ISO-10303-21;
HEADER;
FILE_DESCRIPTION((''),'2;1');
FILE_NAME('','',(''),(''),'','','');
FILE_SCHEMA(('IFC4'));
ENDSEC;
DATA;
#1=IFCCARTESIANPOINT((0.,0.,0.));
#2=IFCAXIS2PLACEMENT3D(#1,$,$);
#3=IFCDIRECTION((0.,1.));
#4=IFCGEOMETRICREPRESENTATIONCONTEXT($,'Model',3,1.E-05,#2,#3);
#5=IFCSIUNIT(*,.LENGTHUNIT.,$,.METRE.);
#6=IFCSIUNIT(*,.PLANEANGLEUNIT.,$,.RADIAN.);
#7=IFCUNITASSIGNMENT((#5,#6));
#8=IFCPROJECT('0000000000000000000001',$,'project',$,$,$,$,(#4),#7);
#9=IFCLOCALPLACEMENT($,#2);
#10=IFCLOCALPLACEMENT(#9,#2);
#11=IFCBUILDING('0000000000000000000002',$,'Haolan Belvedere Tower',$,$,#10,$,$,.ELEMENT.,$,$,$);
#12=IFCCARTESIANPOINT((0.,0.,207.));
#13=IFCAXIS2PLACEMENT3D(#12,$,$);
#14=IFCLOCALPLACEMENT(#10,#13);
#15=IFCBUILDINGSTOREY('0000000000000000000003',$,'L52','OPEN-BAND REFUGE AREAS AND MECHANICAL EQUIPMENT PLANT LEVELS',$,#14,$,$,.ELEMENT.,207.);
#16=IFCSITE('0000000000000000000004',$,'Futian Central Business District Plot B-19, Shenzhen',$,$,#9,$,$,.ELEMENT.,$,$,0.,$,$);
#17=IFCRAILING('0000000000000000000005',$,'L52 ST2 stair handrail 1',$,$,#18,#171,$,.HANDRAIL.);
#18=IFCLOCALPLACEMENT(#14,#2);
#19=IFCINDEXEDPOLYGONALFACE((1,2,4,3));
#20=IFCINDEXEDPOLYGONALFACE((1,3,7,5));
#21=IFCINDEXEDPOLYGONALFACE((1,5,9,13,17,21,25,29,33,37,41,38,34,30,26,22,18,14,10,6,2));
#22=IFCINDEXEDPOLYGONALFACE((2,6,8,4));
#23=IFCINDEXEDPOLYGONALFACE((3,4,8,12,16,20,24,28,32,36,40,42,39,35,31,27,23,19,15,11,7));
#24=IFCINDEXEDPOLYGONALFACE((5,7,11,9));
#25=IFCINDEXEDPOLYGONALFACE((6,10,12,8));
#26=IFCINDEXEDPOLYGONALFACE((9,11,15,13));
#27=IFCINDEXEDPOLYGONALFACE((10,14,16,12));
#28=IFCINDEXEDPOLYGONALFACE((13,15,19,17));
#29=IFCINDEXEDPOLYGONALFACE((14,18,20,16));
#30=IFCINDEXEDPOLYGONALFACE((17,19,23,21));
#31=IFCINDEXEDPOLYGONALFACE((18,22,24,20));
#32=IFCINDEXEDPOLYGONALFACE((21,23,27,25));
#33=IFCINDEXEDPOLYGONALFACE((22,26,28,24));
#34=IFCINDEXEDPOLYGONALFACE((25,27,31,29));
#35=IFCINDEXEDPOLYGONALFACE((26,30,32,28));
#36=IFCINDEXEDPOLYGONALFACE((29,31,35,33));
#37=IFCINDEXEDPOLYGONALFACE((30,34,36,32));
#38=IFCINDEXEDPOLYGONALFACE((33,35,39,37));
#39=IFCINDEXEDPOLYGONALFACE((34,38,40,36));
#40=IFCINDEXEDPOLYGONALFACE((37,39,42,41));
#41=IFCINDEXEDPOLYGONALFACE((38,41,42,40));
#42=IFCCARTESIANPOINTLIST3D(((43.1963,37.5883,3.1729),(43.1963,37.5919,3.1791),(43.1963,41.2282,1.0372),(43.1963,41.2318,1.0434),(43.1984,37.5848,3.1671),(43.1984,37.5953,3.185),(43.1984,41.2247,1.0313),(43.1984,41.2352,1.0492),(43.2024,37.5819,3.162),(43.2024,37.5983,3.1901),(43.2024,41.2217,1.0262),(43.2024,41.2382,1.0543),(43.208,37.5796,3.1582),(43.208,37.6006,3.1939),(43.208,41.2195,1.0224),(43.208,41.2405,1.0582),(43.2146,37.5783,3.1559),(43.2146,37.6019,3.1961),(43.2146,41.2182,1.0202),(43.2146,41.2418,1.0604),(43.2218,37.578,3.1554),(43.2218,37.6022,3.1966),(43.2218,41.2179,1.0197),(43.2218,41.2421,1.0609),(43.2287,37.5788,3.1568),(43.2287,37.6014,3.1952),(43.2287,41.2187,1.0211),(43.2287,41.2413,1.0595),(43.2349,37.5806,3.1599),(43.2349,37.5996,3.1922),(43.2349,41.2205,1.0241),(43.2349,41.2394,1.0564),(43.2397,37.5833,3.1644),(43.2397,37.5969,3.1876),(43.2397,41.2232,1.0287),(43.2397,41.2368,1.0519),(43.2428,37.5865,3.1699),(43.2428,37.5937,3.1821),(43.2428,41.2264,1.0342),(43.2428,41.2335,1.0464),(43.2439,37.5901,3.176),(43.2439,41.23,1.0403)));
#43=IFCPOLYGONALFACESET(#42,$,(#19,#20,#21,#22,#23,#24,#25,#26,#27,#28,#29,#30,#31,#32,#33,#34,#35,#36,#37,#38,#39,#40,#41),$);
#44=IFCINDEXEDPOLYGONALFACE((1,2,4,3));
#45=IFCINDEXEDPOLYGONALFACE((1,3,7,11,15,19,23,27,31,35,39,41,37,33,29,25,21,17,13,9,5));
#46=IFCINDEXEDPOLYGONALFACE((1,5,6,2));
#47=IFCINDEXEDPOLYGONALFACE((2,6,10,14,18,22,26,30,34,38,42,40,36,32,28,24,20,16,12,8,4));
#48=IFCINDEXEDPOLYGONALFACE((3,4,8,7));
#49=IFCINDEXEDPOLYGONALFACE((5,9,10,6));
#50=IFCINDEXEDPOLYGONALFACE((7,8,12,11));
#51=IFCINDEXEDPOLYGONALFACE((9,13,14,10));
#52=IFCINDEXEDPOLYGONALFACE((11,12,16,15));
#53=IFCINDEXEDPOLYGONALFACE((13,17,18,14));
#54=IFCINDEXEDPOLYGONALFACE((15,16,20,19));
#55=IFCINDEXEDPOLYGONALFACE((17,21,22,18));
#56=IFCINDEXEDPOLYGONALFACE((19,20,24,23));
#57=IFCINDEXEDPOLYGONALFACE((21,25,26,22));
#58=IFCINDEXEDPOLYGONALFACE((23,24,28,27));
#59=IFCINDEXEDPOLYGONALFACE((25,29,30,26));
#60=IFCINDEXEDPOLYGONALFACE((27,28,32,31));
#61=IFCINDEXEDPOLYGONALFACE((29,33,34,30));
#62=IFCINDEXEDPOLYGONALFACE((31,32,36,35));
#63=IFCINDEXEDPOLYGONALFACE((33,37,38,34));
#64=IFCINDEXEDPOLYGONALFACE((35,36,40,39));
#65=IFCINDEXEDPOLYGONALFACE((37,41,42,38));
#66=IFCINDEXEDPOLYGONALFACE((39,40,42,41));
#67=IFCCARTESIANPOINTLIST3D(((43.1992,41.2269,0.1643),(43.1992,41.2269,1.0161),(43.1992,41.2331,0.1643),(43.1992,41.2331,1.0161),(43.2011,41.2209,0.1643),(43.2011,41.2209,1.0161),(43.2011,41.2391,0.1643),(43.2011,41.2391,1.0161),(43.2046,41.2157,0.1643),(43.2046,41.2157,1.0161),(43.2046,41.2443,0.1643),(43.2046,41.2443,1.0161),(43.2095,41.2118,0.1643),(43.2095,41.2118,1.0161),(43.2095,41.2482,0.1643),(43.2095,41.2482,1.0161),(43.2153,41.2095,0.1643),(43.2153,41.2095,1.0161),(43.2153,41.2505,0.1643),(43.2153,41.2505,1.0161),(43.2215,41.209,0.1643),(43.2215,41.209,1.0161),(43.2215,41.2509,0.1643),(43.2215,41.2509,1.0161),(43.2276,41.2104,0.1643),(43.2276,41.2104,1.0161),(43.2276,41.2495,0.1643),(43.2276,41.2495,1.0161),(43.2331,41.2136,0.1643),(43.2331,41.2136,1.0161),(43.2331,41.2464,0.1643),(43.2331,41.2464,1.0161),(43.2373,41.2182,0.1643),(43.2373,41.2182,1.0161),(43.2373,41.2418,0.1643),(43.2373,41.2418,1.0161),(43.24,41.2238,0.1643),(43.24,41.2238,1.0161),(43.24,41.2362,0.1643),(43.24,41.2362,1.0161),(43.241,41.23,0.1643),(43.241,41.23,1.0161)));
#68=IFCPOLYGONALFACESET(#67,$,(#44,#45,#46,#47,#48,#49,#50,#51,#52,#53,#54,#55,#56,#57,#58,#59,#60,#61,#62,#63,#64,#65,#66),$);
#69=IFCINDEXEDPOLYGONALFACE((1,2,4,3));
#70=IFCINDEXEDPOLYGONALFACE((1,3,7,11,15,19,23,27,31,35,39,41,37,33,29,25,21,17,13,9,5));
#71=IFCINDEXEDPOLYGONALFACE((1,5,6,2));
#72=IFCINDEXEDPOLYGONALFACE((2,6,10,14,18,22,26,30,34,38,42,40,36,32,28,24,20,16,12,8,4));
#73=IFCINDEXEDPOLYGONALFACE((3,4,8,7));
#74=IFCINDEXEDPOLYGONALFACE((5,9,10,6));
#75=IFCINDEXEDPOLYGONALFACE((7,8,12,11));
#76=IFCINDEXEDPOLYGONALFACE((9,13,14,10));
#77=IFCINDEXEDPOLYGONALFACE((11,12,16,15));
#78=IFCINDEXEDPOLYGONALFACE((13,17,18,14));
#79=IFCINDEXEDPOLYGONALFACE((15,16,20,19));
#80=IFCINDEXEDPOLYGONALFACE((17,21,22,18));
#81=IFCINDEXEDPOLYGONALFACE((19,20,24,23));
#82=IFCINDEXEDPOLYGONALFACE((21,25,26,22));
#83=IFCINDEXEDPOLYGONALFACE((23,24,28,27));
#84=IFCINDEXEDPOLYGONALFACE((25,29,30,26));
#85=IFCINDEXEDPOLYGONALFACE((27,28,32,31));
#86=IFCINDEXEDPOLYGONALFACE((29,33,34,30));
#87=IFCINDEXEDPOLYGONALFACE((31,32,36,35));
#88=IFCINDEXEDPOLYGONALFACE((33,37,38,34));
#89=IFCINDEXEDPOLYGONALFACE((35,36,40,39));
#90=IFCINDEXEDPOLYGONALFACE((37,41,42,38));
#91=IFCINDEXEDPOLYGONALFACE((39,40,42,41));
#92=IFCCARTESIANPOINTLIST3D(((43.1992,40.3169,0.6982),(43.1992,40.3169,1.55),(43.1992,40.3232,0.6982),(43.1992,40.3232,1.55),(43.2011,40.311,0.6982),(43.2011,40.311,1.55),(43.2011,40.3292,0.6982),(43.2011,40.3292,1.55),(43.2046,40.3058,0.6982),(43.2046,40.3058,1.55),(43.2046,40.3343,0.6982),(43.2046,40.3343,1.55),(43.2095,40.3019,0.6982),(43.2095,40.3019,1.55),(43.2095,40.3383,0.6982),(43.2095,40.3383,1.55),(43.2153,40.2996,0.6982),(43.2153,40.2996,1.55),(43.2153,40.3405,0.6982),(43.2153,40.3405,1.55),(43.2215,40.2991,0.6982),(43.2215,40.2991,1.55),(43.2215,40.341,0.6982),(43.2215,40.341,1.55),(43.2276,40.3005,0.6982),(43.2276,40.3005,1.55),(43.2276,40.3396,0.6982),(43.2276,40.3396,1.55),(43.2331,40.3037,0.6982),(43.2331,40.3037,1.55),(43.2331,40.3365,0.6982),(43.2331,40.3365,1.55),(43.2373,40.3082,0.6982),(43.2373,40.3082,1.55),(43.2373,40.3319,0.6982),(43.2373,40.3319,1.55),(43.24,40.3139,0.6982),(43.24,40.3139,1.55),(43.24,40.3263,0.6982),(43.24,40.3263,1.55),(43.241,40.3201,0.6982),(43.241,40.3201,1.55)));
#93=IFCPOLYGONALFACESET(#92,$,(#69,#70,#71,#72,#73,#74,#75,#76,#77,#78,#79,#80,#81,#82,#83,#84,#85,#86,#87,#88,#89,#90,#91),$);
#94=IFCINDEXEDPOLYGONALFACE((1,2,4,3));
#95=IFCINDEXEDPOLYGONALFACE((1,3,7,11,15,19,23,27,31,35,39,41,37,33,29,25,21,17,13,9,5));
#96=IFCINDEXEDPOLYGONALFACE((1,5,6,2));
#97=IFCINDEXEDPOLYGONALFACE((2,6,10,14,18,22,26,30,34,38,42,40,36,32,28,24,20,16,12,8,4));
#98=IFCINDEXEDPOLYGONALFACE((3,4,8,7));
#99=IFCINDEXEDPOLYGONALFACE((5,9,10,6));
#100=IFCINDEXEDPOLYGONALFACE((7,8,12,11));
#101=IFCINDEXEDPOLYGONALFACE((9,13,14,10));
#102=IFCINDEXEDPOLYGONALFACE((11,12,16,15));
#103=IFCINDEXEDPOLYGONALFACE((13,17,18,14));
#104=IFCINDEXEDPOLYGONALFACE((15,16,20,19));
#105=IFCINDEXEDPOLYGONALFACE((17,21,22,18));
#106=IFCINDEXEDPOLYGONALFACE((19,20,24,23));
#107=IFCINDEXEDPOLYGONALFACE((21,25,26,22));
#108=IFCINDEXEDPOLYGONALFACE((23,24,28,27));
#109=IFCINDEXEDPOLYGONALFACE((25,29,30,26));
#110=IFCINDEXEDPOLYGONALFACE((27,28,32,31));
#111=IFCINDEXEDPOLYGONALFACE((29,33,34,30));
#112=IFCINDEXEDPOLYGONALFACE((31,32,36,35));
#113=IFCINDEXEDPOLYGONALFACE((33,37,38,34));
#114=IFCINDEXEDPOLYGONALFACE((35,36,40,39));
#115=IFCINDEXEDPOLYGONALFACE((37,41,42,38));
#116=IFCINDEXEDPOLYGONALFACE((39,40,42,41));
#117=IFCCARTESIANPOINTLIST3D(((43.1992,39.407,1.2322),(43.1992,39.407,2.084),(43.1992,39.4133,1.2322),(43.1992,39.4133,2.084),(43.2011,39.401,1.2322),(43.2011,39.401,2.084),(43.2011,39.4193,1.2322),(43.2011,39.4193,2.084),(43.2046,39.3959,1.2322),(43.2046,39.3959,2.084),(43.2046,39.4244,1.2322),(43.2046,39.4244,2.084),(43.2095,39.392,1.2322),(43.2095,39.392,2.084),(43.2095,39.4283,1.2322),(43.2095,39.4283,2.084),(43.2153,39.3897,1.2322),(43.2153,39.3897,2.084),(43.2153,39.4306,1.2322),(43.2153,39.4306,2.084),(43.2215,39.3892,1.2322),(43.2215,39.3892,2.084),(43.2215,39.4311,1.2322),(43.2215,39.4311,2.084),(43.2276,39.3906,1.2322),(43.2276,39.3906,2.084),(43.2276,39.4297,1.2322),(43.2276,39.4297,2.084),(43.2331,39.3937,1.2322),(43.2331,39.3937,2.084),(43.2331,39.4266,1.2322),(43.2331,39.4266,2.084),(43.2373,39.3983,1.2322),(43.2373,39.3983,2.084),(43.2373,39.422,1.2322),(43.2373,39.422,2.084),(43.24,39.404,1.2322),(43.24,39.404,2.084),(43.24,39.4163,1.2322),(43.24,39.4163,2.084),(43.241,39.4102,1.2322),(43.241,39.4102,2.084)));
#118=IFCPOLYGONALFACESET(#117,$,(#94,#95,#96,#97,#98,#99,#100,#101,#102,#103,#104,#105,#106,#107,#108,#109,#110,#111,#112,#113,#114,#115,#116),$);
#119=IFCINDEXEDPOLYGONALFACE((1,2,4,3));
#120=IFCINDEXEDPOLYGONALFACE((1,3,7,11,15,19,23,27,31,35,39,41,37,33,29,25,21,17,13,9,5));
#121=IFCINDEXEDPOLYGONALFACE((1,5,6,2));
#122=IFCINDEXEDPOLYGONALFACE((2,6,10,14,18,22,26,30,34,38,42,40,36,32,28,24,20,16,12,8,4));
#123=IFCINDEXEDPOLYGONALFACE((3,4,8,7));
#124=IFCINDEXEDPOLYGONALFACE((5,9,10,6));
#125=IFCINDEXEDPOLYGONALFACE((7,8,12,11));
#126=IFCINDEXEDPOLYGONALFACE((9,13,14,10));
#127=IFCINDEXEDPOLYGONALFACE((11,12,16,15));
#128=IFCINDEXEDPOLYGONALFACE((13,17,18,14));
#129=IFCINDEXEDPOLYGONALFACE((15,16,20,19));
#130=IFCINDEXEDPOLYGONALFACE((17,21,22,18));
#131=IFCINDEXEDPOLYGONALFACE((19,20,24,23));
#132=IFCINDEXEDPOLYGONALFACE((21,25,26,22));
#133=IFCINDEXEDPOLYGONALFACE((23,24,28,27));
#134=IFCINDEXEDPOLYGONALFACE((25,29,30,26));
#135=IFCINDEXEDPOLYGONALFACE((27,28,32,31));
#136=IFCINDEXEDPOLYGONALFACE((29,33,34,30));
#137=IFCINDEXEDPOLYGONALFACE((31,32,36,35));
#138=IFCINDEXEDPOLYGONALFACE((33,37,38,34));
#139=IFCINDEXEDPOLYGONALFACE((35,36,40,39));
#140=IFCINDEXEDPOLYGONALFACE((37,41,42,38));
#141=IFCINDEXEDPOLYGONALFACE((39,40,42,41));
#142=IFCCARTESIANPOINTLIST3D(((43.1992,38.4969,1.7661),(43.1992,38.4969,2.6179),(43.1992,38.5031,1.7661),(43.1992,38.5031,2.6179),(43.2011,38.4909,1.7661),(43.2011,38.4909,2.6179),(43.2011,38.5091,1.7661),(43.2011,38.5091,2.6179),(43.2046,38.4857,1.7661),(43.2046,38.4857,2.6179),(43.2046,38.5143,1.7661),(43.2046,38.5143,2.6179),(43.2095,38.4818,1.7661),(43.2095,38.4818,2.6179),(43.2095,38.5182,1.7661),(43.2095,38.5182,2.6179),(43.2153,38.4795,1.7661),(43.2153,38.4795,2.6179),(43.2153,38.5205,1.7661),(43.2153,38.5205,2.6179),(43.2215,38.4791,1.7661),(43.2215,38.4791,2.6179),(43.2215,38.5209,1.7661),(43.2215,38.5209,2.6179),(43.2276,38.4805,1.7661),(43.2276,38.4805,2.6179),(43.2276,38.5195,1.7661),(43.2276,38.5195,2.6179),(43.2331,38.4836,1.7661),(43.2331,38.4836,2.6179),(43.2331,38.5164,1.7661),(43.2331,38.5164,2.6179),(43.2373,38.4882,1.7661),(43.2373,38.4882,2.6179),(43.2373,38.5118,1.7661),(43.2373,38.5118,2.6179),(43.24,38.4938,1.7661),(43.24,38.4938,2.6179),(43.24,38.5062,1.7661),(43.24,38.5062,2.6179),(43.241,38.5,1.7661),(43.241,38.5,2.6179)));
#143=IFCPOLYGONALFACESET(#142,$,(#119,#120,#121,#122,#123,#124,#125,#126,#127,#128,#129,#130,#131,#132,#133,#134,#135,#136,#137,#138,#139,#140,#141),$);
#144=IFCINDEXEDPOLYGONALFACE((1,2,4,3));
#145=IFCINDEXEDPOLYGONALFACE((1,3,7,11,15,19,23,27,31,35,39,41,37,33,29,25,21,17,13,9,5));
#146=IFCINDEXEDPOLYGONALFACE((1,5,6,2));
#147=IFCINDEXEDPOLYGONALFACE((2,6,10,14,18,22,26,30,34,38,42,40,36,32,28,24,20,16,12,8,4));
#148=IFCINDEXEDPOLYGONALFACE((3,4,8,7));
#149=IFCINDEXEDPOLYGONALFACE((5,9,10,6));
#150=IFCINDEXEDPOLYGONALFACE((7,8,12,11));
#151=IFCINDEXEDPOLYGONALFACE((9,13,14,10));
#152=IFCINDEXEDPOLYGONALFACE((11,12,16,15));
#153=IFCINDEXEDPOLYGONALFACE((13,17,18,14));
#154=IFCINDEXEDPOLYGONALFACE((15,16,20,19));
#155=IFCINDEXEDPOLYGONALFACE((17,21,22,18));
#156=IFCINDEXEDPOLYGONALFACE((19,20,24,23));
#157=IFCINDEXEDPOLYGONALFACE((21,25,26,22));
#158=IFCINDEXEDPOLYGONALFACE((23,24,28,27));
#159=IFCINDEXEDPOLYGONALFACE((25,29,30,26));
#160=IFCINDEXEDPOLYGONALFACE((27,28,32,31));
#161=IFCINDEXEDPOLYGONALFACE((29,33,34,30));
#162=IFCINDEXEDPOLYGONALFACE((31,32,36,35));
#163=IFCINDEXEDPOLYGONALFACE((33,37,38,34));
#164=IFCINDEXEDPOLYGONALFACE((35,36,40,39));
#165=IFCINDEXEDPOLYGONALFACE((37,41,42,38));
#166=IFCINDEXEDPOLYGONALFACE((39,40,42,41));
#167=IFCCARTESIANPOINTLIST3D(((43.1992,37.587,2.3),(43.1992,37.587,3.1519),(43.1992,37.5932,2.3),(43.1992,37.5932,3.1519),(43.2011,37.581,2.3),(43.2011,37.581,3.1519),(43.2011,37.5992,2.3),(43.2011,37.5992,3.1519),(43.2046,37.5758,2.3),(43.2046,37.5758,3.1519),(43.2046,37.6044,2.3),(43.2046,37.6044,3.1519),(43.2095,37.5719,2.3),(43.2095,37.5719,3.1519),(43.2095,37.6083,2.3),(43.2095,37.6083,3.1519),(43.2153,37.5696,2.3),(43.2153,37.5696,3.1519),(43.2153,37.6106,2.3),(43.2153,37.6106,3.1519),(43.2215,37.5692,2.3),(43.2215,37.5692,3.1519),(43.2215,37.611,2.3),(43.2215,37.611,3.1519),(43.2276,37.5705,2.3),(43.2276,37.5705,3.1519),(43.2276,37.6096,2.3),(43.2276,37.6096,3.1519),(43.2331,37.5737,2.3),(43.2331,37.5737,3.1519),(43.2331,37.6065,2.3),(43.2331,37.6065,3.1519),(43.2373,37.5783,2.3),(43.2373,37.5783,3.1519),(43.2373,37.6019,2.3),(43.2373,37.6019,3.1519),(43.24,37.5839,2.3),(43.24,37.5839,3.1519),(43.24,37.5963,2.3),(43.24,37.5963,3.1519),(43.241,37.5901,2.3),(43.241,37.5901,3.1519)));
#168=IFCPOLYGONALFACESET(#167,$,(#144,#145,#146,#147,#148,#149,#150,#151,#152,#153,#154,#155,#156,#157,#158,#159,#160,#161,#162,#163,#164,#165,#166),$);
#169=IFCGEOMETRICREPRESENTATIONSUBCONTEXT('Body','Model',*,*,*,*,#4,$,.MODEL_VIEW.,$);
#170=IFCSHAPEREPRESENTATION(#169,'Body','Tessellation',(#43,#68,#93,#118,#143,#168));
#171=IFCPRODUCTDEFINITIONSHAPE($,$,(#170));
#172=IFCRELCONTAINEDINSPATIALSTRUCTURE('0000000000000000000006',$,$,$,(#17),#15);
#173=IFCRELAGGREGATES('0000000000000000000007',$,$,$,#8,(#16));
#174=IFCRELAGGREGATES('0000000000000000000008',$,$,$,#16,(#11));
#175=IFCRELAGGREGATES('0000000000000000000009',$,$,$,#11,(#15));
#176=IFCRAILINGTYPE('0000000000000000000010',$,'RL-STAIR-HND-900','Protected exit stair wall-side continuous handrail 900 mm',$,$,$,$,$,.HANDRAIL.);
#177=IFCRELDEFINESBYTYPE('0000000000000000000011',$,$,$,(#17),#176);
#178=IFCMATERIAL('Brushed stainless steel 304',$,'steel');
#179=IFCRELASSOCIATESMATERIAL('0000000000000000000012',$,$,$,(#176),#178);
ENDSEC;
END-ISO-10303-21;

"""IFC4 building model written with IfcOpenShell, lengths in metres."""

from ifc_helpers import new_model, si_unit, direction, frame, origin, origin_2d, place, context, subcontext, project, spatial, circle, extrude, material, type_object, element, save


model = new_model("IFC4")

# Units and contexts
model_context = context("Model", 3, precision=1e-05, world=origin(), true_north=direction((0.0, 1.0)))
body_context = subcontext(model_context, "Body", "Model", "MODEL_VIEW")
ifc_project = project(units=[si_unit("LENGTHUNIT", "METRE"), si_unit("PLANEANGLEUNIT", "RADIAN")], contexts=[model_context])

# Site, building, storey
site_placement = place(None, origin())
site = spatial("IfcSite", under=ifc_project, at=site_placement, Name="Futian Central Business District Plot B-19, Shenzhen", CompositionType="ELEMENT", RefElevation=0.0)
building_placement = place(site_placement, origin())
building = spatial("IfcBuilding", under=site, at=building_placement, Name="Haolan Belvedere Tower", CompositionType="ELEMENT")
storey_placement = place(building_placement, frame((0.0, 0.0, 207.0)))
storey = spatial("IfcBuildingStorey", under=building, at=storey_placement, Name="L52", Description="OPEN-BAND REFUGE AREAS AND MECHANICAL EQUIPMENT PLANT LEVELS", CompositionType="ELEMENT", Elevation=207.0)

# Railing
ifc_material_1 = material(Name="Brushed stainless steel 304", Category="steel")
railing_type_1 = type_object("IfcRailingType", Name="RL-STAIR-HND-900", Description="Protected exit stair wall-side continuous handrail 900 mm", PredefinedType="HANDRAIL", material=ifc_material_1)
railing_1_placement = place(storey_placement, frame((43.22, 41.23, 0.1643)))
element("IfcRailing", 1, at=railing_1_placement, inside=storey, type_object=railing_type_1, Name="L52 ST2 stair handrail 1", PredefinedType="HANDRAIL", context=body_context, shape_type="SweptSolid", body=[
    extrude(circle(Radius=0.0239, at=origin_2d()), frame((0.0, 0.0, 0.876), z_axis=(0.0, -0.86249, 0.506074), x_axis=(1.0, 0.0, 0.0)), (0.0, 0.0, 1.0), 4.2202),
    extrude(circle(Radius=0.021, at=origin_2d()), origin(), (0.0, 0.0, 1.0), 0.8518),
    extrude(circle(Radius=0.021, at=origin_2d()), frame((0.0, -0.9099, 0.5339)), (0.0, 0.0, 1.0), 0.8518),
    extrude(circle(Radius=0.021, at=origin_2d()), frame((0.0, -1.8198, 1.0679)), (0.0, 0.0, 1.0), 0.8518),
    extrude(circle(Radius=0.021, at=origin_2d()), frame((0.0, -2.73, 1.6018)), (0.0, 0.0, 1.0), 0.8518),
    extrude(circle(Radius=0.021, at=origin_2d()), frame((0.0, -3.6399, 2.1357)), (0.0, 0.0, 1.0), 0.8518),
])

save(model, "model.ifc")
